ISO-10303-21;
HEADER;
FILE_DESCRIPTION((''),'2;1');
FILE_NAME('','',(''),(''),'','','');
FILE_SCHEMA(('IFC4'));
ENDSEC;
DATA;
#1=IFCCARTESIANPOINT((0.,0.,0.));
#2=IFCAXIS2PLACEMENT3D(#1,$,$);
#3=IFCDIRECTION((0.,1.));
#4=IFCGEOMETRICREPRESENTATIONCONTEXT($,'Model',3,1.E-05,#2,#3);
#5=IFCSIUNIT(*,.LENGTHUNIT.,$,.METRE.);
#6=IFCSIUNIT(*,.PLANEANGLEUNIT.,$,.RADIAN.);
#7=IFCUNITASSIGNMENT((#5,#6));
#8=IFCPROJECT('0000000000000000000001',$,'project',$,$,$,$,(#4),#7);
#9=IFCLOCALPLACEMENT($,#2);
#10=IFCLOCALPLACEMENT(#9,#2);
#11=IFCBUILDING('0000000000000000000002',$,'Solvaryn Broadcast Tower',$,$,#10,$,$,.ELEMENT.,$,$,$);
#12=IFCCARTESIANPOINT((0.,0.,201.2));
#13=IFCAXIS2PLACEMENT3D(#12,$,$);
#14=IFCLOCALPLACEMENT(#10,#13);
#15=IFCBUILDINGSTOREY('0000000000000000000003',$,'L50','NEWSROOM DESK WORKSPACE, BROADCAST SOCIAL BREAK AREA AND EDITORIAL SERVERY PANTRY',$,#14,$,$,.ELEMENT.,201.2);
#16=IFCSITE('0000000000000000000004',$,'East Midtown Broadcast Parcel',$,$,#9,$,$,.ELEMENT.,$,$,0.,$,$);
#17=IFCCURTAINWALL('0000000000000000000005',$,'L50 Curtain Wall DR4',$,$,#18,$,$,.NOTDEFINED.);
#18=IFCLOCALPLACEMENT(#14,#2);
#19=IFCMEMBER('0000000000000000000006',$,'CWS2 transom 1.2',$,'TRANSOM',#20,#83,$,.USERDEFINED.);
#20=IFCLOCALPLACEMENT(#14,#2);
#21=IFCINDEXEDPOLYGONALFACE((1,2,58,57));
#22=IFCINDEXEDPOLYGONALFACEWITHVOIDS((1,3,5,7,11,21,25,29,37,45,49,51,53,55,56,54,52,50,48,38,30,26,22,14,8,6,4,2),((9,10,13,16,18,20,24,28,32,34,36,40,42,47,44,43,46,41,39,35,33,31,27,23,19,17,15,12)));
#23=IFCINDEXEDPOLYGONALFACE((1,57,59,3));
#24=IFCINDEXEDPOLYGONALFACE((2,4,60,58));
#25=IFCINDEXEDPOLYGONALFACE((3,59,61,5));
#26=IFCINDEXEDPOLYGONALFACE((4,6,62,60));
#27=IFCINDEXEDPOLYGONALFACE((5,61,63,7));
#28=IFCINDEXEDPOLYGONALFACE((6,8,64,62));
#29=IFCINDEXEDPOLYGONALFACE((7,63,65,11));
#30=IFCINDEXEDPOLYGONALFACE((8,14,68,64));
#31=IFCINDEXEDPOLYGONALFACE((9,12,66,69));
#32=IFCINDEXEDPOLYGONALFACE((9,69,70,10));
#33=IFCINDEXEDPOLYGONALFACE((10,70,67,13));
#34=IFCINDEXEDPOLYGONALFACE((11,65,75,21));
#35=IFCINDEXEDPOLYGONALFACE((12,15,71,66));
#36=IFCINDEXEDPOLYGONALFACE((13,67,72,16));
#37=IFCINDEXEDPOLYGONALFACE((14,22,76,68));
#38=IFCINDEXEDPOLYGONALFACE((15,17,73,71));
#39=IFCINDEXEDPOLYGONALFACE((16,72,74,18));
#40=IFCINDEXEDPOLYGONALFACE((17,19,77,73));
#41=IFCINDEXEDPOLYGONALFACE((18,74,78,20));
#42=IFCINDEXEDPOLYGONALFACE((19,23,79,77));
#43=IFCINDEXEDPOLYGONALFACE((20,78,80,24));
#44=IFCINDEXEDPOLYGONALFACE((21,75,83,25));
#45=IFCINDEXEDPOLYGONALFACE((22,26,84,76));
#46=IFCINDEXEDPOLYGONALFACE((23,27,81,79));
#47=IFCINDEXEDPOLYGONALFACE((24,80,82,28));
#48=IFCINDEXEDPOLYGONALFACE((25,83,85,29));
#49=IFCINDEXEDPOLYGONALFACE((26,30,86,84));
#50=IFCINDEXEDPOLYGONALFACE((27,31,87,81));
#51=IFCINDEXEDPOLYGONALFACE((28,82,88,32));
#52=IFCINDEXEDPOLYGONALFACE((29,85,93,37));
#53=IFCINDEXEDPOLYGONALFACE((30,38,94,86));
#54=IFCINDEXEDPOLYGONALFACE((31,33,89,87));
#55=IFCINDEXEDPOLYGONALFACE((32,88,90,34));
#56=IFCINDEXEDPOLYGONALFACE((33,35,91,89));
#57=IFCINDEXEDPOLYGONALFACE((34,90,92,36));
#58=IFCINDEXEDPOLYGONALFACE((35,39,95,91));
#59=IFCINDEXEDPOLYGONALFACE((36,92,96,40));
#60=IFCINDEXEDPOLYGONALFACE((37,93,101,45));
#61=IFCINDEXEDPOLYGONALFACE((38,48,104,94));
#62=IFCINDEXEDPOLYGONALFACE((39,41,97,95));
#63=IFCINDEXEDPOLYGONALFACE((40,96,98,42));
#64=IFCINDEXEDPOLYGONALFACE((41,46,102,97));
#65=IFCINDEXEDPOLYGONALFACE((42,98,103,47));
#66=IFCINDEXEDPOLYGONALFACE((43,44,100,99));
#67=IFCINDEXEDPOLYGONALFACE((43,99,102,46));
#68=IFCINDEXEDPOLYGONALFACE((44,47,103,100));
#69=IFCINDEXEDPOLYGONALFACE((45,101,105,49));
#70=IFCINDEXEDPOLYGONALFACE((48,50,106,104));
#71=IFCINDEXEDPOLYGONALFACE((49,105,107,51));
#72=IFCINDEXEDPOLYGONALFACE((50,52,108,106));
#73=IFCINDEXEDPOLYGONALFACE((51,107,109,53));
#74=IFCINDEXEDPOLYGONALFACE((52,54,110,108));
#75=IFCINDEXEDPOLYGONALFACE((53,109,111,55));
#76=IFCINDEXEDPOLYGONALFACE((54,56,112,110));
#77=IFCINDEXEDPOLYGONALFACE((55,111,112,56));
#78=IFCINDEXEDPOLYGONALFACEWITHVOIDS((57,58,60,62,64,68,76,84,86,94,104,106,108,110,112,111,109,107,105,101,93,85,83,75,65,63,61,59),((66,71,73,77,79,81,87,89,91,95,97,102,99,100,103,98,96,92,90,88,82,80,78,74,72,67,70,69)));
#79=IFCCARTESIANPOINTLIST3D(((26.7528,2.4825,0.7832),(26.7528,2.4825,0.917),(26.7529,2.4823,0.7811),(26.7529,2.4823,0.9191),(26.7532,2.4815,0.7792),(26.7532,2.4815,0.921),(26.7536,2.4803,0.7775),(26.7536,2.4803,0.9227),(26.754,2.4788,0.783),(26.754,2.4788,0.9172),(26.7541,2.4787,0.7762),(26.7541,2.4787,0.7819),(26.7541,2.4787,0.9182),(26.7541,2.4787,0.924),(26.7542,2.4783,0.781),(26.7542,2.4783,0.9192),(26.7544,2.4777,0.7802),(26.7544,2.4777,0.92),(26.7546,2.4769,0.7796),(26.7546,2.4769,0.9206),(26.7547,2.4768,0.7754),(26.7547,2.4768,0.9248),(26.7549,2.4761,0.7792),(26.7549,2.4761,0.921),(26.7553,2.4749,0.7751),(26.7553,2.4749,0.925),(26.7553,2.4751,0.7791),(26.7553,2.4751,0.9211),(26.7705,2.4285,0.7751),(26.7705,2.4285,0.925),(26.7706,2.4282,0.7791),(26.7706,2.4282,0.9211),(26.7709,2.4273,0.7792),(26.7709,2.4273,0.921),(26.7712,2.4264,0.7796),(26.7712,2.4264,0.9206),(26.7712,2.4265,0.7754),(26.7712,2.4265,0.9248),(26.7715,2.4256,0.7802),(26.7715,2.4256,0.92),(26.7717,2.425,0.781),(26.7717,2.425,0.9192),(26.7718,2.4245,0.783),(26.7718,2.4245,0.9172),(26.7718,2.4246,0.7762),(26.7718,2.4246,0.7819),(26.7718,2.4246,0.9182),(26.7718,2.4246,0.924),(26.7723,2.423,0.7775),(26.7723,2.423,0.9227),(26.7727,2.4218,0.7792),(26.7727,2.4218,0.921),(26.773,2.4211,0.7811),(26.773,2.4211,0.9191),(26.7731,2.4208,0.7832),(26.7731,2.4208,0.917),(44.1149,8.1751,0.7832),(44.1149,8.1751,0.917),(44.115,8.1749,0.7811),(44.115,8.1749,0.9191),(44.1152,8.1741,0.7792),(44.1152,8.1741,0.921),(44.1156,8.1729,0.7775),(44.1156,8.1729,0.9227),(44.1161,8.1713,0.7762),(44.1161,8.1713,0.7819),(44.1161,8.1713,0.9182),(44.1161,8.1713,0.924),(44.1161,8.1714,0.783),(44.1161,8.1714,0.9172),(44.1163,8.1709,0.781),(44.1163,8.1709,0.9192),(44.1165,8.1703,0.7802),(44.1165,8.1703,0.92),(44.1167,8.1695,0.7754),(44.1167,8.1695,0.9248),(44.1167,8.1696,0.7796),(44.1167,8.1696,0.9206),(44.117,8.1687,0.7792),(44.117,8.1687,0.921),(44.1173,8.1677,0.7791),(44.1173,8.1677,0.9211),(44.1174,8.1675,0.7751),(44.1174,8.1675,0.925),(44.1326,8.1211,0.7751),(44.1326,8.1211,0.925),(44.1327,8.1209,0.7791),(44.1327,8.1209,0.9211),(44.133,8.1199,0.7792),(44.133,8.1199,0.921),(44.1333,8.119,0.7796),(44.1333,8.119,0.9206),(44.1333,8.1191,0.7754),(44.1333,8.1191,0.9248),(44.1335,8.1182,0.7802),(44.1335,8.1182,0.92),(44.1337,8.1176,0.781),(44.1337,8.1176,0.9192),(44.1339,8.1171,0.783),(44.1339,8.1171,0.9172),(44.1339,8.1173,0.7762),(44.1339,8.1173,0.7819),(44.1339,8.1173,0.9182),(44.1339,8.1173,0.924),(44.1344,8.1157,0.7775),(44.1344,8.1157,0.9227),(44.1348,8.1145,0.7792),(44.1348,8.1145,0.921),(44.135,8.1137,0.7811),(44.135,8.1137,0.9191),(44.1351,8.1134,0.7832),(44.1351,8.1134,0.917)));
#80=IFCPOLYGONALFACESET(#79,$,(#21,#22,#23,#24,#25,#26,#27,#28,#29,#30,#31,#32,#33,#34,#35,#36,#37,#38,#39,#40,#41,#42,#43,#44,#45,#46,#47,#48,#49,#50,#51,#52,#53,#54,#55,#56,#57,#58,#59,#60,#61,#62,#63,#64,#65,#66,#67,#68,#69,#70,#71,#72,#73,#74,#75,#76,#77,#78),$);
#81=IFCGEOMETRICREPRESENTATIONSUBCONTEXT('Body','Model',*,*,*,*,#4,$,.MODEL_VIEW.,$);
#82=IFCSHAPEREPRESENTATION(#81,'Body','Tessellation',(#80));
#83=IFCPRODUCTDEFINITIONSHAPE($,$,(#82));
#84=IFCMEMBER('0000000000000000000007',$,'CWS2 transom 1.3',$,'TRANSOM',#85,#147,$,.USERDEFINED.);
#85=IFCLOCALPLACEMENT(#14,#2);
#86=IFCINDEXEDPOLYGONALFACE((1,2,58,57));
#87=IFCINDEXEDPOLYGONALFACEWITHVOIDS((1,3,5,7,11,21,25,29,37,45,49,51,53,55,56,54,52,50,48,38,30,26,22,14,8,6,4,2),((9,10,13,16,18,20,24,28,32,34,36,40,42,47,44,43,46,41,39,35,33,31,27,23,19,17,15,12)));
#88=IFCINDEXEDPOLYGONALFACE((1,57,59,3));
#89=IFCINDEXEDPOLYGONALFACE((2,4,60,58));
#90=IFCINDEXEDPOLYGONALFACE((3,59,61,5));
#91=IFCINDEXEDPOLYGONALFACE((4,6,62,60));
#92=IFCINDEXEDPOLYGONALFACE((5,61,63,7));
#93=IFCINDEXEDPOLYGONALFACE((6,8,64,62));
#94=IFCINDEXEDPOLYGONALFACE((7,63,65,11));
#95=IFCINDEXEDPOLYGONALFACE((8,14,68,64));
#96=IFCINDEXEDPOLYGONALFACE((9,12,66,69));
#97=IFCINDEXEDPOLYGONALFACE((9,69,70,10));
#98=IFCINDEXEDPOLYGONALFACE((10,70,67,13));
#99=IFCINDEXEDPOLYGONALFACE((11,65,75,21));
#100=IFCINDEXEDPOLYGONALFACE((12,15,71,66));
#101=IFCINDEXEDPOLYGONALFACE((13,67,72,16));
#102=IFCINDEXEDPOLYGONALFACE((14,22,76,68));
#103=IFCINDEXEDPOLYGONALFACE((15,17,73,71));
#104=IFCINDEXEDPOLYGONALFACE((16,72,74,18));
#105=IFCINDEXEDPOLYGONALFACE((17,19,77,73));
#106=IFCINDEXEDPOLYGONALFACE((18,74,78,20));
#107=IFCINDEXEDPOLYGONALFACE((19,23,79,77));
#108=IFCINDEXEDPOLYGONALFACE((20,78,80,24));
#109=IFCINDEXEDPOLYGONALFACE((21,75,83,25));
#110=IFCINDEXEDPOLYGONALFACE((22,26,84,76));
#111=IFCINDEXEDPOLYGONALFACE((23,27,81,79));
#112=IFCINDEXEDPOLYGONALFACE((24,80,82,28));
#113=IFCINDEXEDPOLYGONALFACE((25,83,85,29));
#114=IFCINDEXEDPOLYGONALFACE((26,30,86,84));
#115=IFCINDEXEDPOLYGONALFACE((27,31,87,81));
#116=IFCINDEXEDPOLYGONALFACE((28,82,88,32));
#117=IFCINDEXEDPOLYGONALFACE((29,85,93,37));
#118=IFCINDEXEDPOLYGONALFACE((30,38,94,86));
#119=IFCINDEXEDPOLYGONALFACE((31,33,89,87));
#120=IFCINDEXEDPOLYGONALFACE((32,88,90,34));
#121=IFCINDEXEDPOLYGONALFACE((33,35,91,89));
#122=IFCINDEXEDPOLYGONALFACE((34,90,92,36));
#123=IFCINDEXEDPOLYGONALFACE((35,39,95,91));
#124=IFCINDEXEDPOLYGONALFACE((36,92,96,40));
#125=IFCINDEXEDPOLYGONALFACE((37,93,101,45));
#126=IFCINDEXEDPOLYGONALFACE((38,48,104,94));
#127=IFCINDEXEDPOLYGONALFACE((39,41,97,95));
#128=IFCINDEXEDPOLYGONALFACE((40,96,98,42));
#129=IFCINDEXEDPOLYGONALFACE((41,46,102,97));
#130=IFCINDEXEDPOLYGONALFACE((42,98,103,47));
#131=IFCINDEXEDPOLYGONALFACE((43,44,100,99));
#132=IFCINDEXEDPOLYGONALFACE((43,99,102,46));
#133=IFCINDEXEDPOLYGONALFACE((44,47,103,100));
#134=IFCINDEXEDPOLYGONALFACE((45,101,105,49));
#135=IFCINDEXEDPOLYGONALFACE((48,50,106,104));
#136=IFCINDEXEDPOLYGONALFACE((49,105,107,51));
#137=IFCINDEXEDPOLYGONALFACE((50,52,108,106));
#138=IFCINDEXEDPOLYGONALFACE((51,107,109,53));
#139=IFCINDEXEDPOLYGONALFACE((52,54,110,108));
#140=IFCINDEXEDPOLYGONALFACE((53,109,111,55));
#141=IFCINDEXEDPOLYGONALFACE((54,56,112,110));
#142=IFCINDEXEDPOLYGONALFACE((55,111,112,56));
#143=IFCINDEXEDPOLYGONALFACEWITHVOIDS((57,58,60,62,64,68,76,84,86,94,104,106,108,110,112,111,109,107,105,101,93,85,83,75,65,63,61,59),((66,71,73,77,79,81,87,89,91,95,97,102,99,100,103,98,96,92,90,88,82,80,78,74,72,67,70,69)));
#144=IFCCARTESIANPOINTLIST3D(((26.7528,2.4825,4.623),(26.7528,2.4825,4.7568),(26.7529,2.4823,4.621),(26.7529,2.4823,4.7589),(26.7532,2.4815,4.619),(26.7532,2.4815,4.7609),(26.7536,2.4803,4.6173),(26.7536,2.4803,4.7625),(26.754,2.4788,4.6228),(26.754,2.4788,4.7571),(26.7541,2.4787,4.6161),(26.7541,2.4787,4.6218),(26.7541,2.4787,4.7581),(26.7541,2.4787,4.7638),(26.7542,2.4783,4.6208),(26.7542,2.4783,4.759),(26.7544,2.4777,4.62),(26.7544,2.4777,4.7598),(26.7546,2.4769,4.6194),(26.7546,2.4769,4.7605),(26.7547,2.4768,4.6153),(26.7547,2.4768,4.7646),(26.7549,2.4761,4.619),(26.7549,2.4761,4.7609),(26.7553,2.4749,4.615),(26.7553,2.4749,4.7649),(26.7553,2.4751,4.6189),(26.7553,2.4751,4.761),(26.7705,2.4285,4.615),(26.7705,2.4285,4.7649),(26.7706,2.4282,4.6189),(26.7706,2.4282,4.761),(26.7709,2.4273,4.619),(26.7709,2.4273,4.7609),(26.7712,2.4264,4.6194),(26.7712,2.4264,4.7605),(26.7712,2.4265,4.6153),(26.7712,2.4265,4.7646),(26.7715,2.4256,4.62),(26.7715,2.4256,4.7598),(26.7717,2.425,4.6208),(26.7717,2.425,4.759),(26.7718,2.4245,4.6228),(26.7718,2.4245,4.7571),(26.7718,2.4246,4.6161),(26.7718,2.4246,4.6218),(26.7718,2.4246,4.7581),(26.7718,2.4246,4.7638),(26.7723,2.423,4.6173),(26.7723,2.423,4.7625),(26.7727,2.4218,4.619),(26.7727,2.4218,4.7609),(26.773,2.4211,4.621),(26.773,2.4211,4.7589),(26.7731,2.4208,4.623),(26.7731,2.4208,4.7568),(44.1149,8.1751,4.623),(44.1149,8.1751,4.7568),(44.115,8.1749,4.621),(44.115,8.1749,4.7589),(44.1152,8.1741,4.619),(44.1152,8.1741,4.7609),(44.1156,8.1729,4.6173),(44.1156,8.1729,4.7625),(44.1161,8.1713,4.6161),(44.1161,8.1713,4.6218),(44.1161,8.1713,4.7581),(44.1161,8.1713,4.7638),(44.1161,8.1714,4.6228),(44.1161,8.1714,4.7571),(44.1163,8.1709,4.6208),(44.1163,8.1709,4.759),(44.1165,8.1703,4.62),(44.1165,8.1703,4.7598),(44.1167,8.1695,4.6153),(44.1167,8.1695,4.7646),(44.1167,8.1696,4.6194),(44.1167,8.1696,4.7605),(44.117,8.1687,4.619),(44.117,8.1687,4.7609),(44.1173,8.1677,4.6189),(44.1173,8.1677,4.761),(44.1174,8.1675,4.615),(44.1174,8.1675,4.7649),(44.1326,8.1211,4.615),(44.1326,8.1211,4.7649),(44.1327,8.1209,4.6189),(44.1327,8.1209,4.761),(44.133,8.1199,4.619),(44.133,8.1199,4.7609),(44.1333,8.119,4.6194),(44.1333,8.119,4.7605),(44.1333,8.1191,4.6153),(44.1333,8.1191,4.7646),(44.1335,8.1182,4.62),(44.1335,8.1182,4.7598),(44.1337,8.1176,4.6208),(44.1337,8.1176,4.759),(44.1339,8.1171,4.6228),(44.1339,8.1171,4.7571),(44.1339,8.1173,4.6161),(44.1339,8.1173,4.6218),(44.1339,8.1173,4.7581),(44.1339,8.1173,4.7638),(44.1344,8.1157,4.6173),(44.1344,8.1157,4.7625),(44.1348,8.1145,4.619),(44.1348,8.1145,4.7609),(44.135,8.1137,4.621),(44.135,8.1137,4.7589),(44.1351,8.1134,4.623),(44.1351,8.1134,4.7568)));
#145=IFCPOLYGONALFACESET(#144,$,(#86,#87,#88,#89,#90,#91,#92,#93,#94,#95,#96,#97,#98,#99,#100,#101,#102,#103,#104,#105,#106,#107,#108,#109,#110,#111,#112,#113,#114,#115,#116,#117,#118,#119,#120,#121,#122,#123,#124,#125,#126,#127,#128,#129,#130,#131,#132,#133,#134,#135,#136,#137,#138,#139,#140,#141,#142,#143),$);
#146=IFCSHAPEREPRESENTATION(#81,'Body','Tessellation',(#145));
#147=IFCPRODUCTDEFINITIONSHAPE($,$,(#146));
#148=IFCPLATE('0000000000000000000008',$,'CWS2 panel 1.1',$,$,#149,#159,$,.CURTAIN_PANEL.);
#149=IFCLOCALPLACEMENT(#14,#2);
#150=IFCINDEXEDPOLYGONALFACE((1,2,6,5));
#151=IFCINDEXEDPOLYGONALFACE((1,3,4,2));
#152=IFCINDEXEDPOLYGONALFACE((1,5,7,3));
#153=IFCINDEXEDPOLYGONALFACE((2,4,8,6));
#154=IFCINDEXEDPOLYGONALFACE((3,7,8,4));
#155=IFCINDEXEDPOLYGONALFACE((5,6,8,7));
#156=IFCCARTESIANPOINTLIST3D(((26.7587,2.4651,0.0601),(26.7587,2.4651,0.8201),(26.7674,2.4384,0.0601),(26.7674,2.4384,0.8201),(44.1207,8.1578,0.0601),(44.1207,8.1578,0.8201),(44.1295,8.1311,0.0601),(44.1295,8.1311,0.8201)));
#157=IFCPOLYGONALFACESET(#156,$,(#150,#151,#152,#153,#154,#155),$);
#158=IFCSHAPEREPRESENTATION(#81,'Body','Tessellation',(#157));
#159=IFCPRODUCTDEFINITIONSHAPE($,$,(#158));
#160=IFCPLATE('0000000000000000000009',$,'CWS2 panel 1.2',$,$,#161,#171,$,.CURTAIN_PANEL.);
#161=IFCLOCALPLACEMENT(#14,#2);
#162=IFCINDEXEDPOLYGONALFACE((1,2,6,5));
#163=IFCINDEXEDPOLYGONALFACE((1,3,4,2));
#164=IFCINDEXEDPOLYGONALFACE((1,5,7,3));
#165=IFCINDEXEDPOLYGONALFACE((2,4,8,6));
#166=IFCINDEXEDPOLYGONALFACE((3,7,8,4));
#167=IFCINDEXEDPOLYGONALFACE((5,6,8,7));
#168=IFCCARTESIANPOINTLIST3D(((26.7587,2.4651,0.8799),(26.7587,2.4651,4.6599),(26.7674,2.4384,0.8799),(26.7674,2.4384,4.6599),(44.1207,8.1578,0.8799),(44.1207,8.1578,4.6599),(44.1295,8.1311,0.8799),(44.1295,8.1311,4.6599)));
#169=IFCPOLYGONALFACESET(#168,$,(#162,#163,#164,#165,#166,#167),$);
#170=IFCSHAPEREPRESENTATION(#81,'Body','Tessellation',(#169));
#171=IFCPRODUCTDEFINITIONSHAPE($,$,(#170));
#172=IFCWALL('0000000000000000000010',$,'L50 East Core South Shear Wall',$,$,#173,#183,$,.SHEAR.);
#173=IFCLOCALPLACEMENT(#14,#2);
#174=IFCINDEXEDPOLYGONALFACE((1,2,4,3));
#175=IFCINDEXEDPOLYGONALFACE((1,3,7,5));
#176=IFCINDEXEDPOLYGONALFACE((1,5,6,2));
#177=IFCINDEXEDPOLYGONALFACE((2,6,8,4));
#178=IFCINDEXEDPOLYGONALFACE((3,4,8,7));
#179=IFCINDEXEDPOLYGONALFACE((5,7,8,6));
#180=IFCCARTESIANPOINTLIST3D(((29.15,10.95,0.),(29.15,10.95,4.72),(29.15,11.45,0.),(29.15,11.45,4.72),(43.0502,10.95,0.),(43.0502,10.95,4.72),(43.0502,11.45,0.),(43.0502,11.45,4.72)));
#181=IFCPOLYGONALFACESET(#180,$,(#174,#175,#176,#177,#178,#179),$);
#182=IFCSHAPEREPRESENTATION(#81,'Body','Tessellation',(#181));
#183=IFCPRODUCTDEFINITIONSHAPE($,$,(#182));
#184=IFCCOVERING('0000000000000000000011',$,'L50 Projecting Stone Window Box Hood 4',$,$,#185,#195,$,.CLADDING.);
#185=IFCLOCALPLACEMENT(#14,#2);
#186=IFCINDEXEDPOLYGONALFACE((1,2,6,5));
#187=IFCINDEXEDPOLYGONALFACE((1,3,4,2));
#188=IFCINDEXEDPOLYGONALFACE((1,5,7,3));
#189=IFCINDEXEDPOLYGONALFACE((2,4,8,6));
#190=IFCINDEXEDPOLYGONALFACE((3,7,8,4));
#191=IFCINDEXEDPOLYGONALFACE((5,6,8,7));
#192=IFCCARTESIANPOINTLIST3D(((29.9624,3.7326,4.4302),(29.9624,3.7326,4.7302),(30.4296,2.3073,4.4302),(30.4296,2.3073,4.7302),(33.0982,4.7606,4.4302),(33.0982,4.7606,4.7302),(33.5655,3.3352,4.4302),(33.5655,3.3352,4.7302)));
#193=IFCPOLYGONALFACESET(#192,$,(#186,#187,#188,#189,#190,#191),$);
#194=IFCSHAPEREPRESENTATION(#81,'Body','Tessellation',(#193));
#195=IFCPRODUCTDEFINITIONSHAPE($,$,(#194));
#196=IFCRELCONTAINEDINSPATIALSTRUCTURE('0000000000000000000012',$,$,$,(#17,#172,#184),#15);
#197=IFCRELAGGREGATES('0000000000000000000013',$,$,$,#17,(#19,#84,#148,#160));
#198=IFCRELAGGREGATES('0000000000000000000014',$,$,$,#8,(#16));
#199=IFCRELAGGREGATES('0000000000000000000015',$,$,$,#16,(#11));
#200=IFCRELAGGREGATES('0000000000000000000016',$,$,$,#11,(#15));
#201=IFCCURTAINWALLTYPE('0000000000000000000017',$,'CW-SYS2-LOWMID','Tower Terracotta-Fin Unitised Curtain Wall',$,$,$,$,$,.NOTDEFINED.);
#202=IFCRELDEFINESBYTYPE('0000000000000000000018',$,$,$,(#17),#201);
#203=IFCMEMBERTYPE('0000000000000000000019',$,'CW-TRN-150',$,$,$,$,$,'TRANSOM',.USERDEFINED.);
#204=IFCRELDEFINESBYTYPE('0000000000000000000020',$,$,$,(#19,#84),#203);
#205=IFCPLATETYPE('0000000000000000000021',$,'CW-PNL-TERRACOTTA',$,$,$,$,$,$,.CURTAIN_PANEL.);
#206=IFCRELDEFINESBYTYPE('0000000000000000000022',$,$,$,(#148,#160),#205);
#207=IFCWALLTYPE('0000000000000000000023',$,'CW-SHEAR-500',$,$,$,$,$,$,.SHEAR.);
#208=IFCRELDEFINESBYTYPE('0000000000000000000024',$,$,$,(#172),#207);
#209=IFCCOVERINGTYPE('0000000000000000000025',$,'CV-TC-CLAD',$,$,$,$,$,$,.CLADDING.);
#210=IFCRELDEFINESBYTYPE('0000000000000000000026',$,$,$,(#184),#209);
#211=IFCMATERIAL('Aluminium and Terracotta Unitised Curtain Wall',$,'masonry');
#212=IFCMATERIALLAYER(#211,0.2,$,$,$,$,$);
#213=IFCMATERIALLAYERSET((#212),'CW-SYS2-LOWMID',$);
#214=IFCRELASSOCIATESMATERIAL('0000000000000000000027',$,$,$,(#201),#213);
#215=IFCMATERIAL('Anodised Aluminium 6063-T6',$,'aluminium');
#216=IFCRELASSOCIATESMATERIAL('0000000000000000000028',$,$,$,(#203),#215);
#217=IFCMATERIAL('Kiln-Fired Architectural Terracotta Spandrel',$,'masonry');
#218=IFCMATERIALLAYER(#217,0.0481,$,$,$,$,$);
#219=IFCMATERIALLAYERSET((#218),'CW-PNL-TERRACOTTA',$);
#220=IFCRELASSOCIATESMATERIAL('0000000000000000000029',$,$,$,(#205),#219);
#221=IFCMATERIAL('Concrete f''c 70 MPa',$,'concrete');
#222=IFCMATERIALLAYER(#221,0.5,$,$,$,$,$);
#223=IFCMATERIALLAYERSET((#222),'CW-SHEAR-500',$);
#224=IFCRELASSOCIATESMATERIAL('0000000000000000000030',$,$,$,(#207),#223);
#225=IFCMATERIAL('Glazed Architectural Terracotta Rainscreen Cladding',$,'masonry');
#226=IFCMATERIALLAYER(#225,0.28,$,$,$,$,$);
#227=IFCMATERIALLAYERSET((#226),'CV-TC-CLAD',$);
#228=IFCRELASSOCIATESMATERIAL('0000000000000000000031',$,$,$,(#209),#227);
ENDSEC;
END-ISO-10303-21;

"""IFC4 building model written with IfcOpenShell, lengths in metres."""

from ifc_helpers import new_model, si_unit, direction, frame, frame_2d, origin, origin_2d, place, context, subcontext, project, spatial, rectangle, hollow_rectangle, extrude, material, layer, layer_set, material_profile, profile_set, type_object, element, aggregate, save


model = new_model("IFC4")

# Units and contexts
model_context = context("Model", 3, precision=1e-05, world=origin(), true_north=direction((0.0, 1.0)))
body_context = subcontext(model_context, "Body", "Model", "MODEL_VIEW")
ifc_project = project(units=[si_unit("LENGTHUNIT", "METRE"), si_unit("PLANEANGLEUNIT", "RADIAN")], contexts=[model_context])

# Site, building, storey
site_placement = place(None, origin())
site = spatial("IfcSite", under=ifc_project, at=site_placement, Name="East Midtown Broadcast Parcel", CompositionType="ELEMENT", RefElevation=0.0)
building_placement = place(site_placement, origin())
building = spatial("IfcBuilding", under=site, at=building_placement, Name="Solvaryn Broadcast Tower", CompositionType="ELEMENT")
storey_placement = place(building_placement, frame((0.0, 0.0, 201.2)))
storey = spatial("IfcBuildingStorey", under=building, at=storey_placement, Name="L50", Description="NEWSROOM DESK WORKSPACE, BROADCAST SOCIAL BREAK AREA AND EDITORIAL SERVERY PANTRY", CompositionType="ELEMENT", Elevation=201.2)

# Shared definitions
ifc_material_1 = material(Name="Aluminium and Terracotta Unitised Curtain Wall", Category="masonry")
ifc_layer_1 = layer(ifc_material_1, 0.2)
ifc_layer_set_1 = layer_set([ifc_layer_1], Name="CW-SYS2-LOWMID")
curtain_wall_type = type_object("IfcCurtainWallType", Name="CW-SYS2-LOWMID", Description="Tower Terracotta-Fin Unitised Curtain Wall", PredefinedType="NOTDEFINED", material=ifc_layer_set_1)

# Curtain wall, members, plates
curtain_wall_1_placement = place(storey_placement, origin())
curtain_wall_1 = element("IfcCurtainWall", 1, at=curtain_wall_1_placement, inside=storey, type_object=curtain_wall_type, Name="L50 Curtain Wall DR4", PredefinedType="NOTDEFINED")
ifc_material_2 = material(Name="Anodised Aluminium 6063-T6", Category="aluminium")
ifc_material_profile_1 = material_profile(ifc_material_2, hollow_rectangle(XDim=0.0649, YDim=0.1499, WallThickness=0.0039, InnerFilletRadius=0.0039, OuterFilletRadius=0.0081, at=origin_2d()))
ifc_profile_set_1 = profile_set([ifc_material_profile_1], Name="Anodised Aluminium 6063-T6")
member_type_1 = type_object("IfcMemberType", Name="CW-TRN-150", ElementType="TRANSOM", PredefinedType="USERDEFINED", material=ifc_profile_set_1)
member_1_placement = place(storey_placement, frame((26.7629, 2.4517, 0.8501), z_axis=(0.950227, 0.311558, 0.0), x_axis=(-0.311558, 0.950227, 0.0)))
member_1 = element("IfcMember", 2, at=member_1_placement, type_object=member_type_1, Name="CWS2 transom 1.2", ObjectType="TRANSOM", PredefinedType="USERDEFINED", context=body_context, shape_type="SweptSolid", body=[
    extrude(hollow_rectangle(XDim=0.0649, YDim=0.1499, WallThickness=0.0039, InnerFilletRadius=0.0039, OuterFilletRadius=0.0081, at=origin_2d()), origin(), (0.0, 0.0, 1.0), 18.2715),
])
member_2_placement = place(storey_placement, frame((26.7629, 2.4517, 4.6899), z_axis=(0.950227, 0.311558, 0.0), x_axis=(-0.311558, 0.950227, 0.0)))
member_2 = element("IfcMember", 3, at=member_2_placement, type_object=member_type_1, Name="CWS2 transom 1.3", ObjectType="TRANSOM", PredefinedType="USERDEFINED", context=body_context, shape_type="SweptSolid", body=[
    extrude(hollow_rectangle(XDim=0.0649, YDim=0.1499, WallThickness=0.0039, InnerFilletRadius=0.0039, OuterFilletRadius=0.0081, at=origin_2d()), origin(), (0.0, 0.0, 1.0), 18.2715),
])
ifc_material_3 = material(Name="Kiln-Fired Architectural Terracotta Spandrel", Category="masonry")
ifc_layer_2 = layer(ifc_material_3, 0.0481)
ifc_layer_set_2 = layer_set([ifc_layer_2], Name="CW-PNL-TERRACOTTA")
plate_type = type_object("IfcPlateType", Name="CW-PNL-TERRACOTTA", PredefinedType="CURTAIN_PANEL", material=ifc_layer_set_2)
plate_1_placement = place(storey_placement, frame((35.4441, 5.2981, 0.0601), z_axis=(0.0, 0.0, 1.0), x_axis=(0.950227, 0.311559, 0.0)))
plate_1 = element("IfcPlate", 4, at=plate_1_placement, type_object=plate_type, Name="CWS2 panel 1.1", PredefinedType="CURTAIN_PANEL", context=body_context, shape_type="SweptSolid", body=[
    extrude(rectangle(XDim=18.2715, YDim=0.0281, at=origin_2d()), origin(), (0.0, 0.0, 1.0), 0.76),
])
plate_2_placement = place(storey_placement, frame((35.4441, 5.2981, 0.8799), z_axis=(0.0, 0.0, 1.0), x_axis=(0.950227, 0.311559, 0.0)))
plate_2 = element("IfcPlate", 5, at=plate_2_placement, type_object=plate_type, Name="CWS2 panel 1.2", PredefinedType="CURTAIN_PANEL", context=body_context, shape_type="SweptSolid", body=[
    extrude(rectangle(XDim=18.2715, YDim=0.0281, at=origin_2d()), origin(), (0.0, 0.0, 1.0), 3.78),
])
aggregate(curtain_wall_1, [member_1, member_2, plate_1, plate_2])

# Wall
ifc_material_4 = material(Name="Concrete f'c 70 MPa", Category="concrete")
ifc_layer_3 = layer(ifc_material_4, 0.5)
ifc_layer_set_3 = layer_set([ifc_layer_3], Name="CW-SHEAR-500")
wall_type = type_object("IfcWallType", Name="CW-SHEAR-500", PredefinedType="SHEAR", material=ifc_layer_set_3)
wall_placement = place(storey_placement, frame((29.1499, 11.2, 0.0), z_axis=(0.0, 0.0, 1.0), x_axis=(1.0, 0.0, 0.0)))
element("IfcWall", 6, at=wall_placement, inside=storey, type_object=wall_type, Name="L50 East Core South Shear Wall", PredefinedType="SHEAR", context=body_context, shape_type="SweptSolid", body=[
    extrude(rectangle(XDim=13.9001, YDim=0.5, at=frame_2d((6.9502, 0.0))), origin(), (0.0, 0.0, 1.0), 4.72),
])

# Covering
ifc_material_5 = material(Name="Glazed Architectural Terracotta Rainscreen Cladding", Category="masonry")
ifc_layer_4 = layer(ifc_material_5, 0.28)
ifc_layer_set_4 = layer_set([ifc_layer_4], Name="CV-TC-CLAD")
covering_type_1 = type_object("IfcCoveringType", Name="CV-TC-CLAD", PredefinedType="CLADDING", material=ifc_layer_set_4)
for number, where, z_axis, x_axis, name in (
    (7, (31.7639, 3.5339, 4.4302), (0.0, 0.0, 1.0), (0.950244, 0.311506, 0.0), "L50 Projecting Stone Window Box Hood 4"),
):
    element("IfcCovering", number, at=place(storey_placement, frame(where, z_axis=z_axis, x_axis=x_axis)), inside=storey, type_object=covering_type_1, Name=name, PredefinedType="CLADDING", context=body_context, shape_type="SweptSolid", body=[
        extrude(rectangle(XDim=3.3, YDim=1.5, at=origin_2d()), origin(), (0.0, 0.0, 1.0), 0.3),
    ])

save(model, "model.ifc")
